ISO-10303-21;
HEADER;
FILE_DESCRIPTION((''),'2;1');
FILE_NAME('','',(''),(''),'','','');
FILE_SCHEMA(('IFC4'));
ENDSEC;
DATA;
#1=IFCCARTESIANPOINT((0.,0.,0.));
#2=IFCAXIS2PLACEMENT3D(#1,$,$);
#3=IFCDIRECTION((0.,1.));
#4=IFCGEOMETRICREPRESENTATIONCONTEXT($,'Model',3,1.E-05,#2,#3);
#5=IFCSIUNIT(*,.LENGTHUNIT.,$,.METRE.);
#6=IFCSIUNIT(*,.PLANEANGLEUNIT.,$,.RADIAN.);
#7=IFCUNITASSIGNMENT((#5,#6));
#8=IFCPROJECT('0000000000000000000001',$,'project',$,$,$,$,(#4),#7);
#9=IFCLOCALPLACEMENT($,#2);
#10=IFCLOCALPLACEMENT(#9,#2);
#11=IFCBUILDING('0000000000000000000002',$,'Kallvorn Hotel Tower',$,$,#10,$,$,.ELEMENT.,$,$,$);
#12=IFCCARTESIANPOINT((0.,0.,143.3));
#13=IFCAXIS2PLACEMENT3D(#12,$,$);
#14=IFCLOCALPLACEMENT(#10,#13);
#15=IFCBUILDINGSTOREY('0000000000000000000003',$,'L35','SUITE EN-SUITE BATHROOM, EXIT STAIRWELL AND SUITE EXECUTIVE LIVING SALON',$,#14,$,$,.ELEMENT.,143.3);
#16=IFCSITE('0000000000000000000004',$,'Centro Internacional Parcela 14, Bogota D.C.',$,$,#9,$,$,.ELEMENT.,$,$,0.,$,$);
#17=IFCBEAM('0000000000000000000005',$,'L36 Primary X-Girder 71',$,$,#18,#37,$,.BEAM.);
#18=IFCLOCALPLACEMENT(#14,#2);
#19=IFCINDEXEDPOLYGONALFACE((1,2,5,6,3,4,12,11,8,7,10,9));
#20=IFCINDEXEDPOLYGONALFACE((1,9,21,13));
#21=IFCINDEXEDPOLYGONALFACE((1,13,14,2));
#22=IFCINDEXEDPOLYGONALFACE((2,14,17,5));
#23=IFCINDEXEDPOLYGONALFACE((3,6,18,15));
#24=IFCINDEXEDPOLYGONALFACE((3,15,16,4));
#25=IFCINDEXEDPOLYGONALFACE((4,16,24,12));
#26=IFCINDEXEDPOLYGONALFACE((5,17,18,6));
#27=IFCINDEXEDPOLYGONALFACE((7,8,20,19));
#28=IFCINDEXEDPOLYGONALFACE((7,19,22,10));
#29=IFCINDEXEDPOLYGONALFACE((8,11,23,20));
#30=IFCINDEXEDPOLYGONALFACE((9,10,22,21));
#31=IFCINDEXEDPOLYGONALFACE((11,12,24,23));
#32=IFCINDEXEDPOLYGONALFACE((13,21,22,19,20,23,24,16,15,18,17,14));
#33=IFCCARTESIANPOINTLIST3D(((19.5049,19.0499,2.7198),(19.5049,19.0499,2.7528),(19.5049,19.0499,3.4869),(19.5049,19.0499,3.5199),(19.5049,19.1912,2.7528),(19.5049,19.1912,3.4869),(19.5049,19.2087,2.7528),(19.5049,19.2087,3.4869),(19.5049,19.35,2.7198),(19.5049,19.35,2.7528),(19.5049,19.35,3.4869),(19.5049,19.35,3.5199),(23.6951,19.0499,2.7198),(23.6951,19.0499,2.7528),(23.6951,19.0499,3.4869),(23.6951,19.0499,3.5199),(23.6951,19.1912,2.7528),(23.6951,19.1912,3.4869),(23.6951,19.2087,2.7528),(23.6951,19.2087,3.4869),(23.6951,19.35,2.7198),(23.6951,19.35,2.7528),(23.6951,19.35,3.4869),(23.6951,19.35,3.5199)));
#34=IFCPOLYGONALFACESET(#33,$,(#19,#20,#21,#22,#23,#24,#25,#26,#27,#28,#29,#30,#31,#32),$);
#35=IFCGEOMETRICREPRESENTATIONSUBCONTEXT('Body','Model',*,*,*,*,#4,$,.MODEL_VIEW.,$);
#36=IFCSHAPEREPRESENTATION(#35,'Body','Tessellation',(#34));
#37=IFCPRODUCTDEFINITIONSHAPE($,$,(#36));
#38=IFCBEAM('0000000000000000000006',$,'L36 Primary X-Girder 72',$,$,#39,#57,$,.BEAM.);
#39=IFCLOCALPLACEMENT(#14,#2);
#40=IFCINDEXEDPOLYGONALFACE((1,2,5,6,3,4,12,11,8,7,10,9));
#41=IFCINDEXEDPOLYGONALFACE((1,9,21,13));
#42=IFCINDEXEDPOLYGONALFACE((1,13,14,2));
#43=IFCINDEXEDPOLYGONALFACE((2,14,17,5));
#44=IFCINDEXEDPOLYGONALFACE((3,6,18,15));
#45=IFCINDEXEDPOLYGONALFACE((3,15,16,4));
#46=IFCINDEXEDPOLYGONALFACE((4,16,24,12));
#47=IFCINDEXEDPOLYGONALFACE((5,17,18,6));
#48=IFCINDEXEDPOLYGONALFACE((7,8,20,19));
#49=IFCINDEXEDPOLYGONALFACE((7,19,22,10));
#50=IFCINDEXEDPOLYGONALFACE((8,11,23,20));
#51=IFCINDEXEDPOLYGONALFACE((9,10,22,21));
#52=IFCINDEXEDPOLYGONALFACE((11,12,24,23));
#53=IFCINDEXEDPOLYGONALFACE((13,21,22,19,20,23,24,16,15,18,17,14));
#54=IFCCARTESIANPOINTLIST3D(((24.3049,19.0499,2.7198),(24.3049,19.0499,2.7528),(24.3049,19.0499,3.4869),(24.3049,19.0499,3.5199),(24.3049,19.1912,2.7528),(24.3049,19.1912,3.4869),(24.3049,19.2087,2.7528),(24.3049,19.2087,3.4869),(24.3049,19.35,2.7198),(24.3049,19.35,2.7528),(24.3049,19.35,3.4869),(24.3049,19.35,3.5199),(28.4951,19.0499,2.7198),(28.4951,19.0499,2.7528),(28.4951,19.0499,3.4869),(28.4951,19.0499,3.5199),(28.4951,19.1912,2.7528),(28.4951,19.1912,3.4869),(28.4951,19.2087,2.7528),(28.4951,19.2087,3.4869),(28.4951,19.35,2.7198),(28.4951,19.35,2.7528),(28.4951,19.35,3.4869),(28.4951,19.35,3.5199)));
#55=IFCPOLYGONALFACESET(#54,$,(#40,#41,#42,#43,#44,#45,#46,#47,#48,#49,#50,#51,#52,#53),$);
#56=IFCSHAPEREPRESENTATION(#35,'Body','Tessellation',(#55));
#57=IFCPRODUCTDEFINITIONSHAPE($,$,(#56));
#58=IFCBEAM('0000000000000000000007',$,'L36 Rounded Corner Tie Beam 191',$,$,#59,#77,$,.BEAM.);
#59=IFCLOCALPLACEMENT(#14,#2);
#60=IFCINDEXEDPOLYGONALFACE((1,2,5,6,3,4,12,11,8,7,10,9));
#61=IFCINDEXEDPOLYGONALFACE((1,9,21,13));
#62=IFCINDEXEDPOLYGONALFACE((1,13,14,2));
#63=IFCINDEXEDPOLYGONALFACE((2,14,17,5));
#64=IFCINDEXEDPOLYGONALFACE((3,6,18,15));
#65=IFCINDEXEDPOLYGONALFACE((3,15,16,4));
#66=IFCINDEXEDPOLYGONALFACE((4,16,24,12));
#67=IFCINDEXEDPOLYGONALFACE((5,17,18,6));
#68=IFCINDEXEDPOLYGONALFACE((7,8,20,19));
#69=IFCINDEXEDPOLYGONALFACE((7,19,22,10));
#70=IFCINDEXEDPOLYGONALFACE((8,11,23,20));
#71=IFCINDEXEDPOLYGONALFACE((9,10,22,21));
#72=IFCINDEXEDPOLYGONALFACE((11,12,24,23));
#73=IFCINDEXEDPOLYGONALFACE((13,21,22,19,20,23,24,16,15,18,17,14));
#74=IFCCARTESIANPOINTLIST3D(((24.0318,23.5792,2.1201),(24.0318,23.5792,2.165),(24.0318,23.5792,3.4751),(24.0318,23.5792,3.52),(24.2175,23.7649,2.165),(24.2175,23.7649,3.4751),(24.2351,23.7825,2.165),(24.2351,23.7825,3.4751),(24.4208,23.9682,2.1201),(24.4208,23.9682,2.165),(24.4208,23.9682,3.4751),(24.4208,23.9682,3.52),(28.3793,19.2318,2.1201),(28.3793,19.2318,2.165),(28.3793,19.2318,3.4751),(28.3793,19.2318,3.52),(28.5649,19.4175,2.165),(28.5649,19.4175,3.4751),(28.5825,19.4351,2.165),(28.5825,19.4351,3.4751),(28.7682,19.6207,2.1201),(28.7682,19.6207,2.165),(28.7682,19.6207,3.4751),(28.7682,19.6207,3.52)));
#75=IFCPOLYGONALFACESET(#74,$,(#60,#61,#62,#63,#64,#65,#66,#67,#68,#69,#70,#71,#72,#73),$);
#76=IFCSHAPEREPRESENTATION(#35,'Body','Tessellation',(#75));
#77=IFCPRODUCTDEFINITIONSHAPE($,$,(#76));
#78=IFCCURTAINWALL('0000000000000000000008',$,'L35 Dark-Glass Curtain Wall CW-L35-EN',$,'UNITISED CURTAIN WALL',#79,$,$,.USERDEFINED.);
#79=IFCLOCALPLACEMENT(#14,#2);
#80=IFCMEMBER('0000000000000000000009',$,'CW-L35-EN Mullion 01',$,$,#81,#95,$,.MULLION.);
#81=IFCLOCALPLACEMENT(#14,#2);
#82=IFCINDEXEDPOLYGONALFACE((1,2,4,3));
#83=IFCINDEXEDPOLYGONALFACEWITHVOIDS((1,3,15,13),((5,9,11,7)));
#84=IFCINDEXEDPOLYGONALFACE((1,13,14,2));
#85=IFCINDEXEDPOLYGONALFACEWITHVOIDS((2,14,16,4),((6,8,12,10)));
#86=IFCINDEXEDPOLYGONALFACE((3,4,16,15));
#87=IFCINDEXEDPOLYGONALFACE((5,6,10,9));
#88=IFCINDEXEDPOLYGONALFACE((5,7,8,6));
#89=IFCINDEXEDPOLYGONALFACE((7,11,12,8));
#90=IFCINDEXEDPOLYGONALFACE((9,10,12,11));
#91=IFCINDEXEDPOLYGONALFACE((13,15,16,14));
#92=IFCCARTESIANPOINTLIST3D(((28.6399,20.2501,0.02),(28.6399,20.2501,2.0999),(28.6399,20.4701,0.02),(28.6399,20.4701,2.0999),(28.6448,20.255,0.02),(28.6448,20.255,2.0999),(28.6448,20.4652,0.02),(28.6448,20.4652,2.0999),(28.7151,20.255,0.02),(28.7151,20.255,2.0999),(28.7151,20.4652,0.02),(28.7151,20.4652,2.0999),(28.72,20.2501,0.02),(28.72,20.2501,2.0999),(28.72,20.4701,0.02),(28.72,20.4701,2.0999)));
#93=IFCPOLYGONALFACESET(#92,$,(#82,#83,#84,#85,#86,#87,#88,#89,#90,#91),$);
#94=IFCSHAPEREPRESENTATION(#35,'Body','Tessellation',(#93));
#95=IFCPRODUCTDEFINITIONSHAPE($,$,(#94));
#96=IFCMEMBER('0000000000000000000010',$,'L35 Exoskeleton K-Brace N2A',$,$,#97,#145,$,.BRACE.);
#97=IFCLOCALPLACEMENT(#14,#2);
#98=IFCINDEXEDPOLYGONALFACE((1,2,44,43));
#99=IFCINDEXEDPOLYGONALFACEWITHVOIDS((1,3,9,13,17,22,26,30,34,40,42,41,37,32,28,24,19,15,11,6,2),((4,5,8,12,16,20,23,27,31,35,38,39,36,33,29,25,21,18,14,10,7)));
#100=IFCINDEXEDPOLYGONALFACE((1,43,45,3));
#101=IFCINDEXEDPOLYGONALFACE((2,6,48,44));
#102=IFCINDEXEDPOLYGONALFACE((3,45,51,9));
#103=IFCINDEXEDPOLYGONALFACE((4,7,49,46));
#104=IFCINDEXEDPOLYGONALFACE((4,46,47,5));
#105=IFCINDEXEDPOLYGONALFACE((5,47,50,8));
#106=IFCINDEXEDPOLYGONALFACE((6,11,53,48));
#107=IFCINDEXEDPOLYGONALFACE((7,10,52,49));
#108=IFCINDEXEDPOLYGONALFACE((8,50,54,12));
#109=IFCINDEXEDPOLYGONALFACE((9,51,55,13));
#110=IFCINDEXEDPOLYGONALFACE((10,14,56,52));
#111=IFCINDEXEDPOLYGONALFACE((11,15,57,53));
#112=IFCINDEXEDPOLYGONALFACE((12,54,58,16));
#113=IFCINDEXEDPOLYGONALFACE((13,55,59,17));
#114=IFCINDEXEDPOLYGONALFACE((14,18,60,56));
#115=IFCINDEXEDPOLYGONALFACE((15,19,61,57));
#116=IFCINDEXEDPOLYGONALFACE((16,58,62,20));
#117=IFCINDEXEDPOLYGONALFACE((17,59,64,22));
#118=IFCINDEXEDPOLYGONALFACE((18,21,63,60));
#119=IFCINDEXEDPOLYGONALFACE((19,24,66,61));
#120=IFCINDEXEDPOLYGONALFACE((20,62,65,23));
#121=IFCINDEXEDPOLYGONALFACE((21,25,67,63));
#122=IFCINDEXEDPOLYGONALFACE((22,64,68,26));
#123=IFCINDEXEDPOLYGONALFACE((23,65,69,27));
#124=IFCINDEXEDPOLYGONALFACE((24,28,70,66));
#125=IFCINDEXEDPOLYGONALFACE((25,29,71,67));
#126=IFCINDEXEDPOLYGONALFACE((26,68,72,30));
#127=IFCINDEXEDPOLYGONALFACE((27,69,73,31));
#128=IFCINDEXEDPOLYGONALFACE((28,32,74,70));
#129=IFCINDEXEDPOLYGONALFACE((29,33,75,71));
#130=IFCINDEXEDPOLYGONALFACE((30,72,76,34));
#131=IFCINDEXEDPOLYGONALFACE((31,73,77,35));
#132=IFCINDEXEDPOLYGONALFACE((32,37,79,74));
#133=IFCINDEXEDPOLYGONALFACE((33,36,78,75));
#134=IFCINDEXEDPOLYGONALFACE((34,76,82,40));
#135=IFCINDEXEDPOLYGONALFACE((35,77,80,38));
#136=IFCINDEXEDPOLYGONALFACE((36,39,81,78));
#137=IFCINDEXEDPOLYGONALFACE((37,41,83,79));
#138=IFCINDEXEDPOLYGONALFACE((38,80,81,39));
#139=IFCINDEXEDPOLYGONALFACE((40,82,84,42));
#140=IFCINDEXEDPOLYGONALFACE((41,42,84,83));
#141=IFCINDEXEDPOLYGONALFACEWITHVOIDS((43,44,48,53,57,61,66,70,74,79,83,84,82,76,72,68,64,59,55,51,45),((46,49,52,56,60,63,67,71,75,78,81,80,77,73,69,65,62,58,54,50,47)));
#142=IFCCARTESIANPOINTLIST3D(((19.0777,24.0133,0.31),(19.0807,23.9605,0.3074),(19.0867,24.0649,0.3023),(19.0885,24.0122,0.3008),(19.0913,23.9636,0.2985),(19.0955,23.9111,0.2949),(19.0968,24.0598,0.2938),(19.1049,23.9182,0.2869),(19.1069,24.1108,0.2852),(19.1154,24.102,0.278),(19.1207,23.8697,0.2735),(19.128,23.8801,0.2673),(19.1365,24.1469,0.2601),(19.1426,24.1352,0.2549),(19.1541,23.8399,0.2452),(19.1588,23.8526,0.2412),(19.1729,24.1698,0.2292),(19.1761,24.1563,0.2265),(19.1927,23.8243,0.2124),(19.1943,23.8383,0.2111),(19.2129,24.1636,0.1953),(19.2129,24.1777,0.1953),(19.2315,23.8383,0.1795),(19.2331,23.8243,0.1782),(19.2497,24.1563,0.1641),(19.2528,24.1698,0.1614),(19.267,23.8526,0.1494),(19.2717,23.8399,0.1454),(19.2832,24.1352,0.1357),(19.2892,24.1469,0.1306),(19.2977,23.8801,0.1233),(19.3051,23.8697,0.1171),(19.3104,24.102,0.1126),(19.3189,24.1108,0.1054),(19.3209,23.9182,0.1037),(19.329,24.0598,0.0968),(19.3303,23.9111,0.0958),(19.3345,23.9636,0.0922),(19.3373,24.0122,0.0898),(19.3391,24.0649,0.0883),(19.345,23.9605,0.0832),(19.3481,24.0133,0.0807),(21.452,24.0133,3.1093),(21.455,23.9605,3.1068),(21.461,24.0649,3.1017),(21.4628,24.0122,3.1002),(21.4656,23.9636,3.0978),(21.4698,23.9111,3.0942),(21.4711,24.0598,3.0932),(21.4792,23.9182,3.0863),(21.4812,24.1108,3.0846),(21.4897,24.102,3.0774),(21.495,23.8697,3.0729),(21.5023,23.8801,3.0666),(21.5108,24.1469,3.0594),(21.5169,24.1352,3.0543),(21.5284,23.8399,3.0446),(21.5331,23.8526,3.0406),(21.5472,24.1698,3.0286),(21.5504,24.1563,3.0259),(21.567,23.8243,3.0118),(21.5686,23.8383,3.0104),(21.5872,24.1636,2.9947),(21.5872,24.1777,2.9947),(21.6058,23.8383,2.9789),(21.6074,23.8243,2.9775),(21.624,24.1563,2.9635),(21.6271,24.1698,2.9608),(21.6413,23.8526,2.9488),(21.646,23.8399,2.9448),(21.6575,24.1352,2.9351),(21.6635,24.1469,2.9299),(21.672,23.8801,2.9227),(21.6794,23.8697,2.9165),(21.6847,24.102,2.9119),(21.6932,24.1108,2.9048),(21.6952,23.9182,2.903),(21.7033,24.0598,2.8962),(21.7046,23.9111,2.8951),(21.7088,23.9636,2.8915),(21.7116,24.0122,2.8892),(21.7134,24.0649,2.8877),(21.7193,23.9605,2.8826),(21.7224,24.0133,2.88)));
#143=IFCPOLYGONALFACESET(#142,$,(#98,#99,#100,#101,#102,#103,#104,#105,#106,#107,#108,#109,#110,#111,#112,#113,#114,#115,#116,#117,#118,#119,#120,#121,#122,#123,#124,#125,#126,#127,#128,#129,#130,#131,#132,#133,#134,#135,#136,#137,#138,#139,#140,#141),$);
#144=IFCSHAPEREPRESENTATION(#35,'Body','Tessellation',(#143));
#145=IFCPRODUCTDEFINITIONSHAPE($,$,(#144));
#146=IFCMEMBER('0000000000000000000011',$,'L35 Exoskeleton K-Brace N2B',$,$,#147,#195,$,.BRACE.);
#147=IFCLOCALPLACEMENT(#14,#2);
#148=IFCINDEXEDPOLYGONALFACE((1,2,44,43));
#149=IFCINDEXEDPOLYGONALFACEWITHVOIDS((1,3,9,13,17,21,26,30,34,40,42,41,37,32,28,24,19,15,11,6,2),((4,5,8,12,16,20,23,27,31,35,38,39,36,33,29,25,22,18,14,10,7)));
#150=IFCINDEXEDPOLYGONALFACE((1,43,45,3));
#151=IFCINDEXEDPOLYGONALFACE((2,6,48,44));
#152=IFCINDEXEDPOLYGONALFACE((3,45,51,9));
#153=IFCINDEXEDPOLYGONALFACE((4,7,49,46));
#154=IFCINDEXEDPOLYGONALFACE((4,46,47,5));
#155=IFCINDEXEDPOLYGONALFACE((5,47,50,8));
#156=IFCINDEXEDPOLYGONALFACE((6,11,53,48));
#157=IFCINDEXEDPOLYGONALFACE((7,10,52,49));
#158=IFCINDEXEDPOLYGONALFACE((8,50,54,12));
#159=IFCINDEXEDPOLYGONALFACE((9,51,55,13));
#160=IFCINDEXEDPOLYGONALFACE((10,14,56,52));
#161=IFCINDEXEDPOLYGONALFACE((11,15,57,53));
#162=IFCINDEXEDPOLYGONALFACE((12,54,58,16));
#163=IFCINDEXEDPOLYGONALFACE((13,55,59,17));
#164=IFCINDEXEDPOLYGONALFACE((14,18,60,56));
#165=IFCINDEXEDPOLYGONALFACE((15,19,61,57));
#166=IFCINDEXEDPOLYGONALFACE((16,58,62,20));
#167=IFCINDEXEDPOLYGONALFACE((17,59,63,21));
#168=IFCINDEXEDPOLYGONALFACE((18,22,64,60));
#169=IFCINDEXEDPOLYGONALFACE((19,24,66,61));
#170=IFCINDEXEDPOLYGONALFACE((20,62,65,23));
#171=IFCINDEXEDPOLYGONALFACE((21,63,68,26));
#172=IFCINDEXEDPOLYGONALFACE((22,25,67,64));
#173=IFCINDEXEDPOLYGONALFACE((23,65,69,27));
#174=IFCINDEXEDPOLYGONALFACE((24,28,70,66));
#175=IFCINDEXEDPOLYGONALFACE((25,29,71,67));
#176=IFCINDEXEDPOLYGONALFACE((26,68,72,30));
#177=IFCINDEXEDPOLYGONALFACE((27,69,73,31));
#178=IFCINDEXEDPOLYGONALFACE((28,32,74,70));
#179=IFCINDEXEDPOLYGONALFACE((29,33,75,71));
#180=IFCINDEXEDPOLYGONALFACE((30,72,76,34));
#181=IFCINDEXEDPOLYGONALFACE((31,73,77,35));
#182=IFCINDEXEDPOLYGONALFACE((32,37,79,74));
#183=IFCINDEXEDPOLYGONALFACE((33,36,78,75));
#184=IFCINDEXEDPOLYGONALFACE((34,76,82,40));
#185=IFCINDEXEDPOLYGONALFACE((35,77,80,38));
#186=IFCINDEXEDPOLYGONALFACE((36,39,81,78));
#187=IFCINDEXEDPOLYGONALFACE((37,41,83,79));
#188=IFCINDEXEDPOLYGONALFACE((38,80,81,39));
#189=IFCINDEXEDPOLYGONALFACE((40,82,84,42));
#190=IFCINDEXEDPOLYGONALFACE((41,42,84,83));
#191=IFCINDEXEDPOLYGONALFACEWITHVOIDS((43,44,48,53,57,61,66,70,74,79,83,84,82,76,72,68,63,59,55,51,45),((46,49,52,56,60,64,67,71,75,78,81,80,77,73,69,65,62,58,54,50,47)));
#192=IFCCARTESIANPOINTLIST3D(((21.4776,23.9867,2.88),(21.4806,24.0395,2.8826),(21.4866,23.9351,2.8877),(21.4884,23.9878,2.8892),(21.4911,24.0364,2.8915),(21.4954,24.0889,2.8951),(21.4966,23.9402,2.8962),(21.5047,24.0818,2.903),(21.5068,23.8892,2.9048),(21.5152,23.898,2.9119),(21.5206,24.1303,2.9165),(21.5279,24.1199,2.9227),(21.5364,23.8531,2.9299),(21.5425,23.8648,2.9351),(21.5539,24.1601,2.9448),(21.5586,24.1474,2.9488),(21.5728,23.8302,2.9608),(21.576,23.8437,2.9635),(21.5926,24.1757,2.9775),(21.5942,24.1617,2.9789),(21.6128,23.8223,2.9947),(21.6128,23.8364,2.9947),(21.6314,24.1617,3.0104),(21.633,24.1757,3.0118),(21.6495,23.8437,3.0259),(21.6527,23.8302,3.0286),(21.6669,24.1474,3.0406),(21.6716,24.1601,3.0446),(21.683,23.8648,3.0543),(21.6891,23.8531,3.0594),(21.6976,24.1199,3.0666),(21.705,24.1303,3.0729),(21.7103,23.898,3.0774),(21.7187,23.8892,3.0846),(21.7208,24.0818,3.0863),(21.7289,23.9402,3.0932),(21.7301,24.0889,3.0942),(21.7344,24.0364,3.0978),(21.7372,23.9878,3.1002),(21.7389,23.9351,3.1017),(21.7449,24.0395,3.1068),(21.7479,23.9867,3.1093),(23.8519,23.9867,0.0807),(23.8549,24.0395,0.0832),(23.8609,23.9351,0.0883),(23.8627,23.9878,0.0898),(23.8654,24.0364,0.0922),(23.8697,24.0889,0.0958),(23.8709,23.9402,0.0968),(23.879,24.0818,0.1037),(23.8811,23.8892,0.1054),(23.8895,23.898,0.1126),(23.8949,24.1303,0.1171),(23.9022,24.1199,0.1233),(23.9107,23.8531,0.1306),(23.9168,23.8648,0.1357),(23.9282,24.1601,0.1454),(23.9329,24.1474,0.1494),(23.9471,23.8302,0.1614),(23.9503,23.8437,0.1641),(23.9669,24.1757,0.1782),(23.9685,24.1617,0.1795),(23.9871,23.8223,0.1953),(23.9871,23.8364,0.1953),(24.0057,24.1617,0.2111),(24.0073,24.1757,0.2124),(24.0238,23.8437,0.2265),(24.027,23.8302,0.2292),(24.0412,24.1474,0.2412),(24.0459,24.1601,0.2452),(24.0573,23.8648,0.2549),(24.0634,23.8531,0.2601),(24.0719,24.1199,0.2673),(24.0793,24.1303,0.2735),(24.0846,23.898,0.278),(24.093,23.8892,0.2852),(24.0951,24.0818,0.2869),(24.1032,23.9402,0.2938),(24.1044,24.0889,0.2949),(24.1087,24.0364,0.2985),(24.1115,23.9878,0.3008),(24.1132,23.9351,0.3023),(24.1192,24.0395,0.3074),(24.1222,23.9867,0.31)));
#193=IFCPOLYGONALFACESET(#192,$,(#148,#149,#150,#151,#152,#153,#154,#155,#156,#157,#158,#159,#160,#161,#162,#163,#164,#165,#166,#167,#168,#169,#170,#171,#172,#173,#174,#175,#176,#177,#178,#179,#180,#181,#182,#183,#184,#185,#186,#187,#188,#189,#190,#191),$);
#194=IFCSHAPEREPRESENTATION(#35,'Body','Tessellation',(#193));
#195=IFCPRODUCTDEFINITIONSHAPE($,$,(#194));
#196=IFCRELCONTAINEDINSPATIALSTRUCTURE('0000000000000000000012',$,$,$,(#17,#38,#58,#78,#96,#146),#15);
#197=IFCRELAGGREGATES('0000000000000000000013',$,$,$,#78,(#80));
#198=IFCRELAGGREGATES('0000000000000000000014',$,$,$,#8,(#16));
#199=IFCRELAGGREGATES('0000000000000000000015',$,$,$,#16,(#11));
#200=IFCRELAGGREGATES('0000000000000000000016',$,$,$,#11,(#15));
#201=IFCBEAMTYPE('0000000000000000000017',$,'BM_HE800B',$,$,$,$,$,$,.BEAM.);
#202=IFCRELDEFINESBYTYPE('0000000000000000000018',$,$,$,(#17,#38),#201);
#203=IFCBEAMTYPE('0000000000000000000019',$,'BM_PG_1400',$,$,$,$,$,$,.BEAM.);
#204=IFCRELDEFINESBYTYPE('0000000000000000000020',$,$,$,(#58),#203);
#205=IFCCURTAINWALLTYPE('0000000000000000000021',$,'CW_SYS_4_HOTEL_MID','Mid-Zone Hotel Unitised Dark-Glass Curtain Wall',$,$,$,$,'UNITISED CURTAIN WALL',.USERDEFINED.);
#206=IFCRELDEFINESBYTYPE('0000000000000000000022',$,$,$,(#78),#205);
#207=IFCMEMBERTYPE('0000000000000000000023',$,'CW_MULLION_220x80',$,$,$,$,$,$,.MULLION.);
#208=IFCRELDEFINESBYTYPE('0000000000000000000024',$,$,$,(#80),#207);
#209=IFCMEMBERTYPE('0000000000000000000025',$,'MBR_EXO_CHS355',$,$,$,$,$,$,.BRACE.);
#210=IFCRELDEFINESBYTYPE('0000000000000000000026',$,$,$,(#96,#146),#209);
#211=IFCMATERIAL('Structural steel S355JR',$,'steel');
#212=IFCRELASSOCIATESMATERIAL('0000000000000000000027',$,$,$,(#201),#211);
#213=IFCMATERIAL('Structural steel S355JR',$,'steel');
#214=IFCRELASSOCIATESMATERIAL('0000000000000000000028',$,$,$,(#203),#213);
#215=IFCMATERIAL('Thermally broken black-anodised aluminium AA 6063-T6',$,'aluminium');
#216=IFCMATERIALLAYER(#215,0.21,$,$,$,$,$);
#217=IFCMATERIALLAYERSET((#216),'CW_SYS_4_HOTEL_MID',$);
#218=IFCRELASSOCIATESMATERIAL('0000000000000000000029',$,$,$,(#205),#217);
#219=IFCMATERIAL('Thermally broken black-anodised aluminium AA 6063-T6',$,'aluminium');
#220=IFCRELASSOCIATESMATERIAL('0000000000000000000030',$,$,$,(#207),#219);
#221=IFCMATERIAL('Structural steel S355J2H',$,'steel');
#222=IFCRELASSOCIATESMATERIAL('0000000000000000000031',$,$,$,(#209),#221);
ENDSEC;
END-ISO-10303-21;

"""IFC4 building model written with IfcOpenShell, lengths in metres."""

from ifc_helpers import new_model, si_unit, direction, frame, origin, origin_2d, place, context, subcontext, project, spatial, hollow_rectangle, hollow_circle, i_section, extrude, material, layer, layer_set, material_profile, profile_set, type_object, element, aggregate, save


model = new_model("IFC4")

# Units and contexts
model_context = context("Model", 3, precision=1e-05, world=origin(), true_north=direction((0.0, 1.0)))
body_context = subcontext(model_context, "Body", "Model", "MODEL_VIEW")
ifc_project = project(units=[si_unit("LENGTHUNIT", "METRE"), si_unit("PLANEANGLEUNIT", "RADIAN")], contexts=[model_context])

# Site, building, storey
site_placement = place(None, origin())
site = spatial("IfcSite", under=ifc_project, at=site_placement, Name="Centro Internacional Parcela 14, Bogota D.C.", CompositionType="ELEMENT", RefElevation=0.0)
building_placement = place(site_placement, origin())
building = spatial("IfcBuilding", under=site, at=building_placement, Name="Kallvorn Hotel Tower", CompositionType="ELEMENT")
storey_placement = place(building_placement, frame((0.0, 0.0, 143.3)))
storey = spatial("IfcBuildingStorey", under=building, at=storey_placement, Name="L35", Description="SUITE EN-SUITE BATHROOM, EXIT STAIRWELL AND SUITE EXECUTIVE LIVING SALON", CompositionType="ELEMENT", Elevation=143.3)

# Beams
ifc_material_1 = material(Name="Structural steel S355JR", Category="steel")
ifc_material_profile_1 = material_profile(ifc_material_1, i_section(OverallWidth=0.3, OverallDepth=0.8, WebThickness=0.0176, FlangeThickness=0.033, at=origin_2d()), Name="HE 800 B")
ifc_profile_set_1 = profile_set([ifc_material_profile_1], Name="Structural steel S355JR")
beam_type_1 = type_object("IfcBeamType", Name="BM_HE800B", PredefinedType="BEAM", material=ifc_profile_set_1)
for number, where, z_axis, x_axis, name in (
    (1, (19.5049, 19.2, 3.1199), (1.0, 0.0, 0.0), (0.0, 1.0, 0.0), "L36 Primary X-Girder 71"),
    (2, (24.3049, 19.2, 3.1199), (1.0, 0.0, 0.0), (0.0, 1.0, 0.0), "L36 Primary X-Girder 72"),
):
    element("IfcBeam", number, at=place(storey_placement, frame(where, z_axis=z_axis, x_axis=x_axis)), inside=storey, type_object=beam_type_1, Name=name, PredefinedType="BEAM", context=body_context, shape_type="SweptSolid", body=[
        extrude(i_section(OverallWidth=0.3, OverallDepth=0.8, WebThickness=0.0176, FlangeThickness=0.033, at=origin_2d()), origin(), (0.0, 0.0, 1.0), 4.1902),
    ])
ifc_material_2 = material(Name="Structural steel S355JR", Category="steel")
ifc_material_profile_2 = material_profile(ifc_material_2, i_section(OverallWidth=0.55, OverallDepth=1.3999, WebThickness=0.0249, FlangeThickness=0.0449, at=origin_2d()), Name="PG 1400x550x25x45")
ifc_profile_set_2 = profile_set([ifc_material_profile_2], Name="Structural steel S355JR")
beam_type_2 = type_object("IfcBeamType", Name="BM_PG_1400", PredefinedType="BEAM", material=ifc_profile_set_2)
beam_1_placement = place(storey_placement, frame((28.5737, 19.4263, 2.8201), z_axis=(-0.707107, 0.707107, 0.0), x_axis=(-0.707107, -0.707107, 0.0)))
element("IfcBeam", 3, at=beam_1_placement, inside=storey, type_object=beam_type_2, Name="L36 Rounded Corner Tie Beam 191", PredefinedType="BEAM", context=body_context, shape_type="SweptSolid", body=[
    extrude(i_section(OverallWidth=0.55, OverallDepth=1.3999, WebThickness=0.0249, FlangeThickness=0.0449, at=origin_2d()), origin(), (0.0, 0.0, 1.0), 6.1482),
])

# Curtain wall, member
ifc_material_3 = material(Name="Thermally broken black-anodised aluminium AA 6063-T6", Category="aluminium")
ifc_layer_1 = layer(ifc_material_3, 0.21)
ifc_layer_set_1 = layer_set([ifc_layer_1], Name="CW_SYS_4_HOTEL_MID")
curtain_wall_type = type_object("IfcCurtainWallType", Name="CW_SYS_4_HOTEL_MID", Description="Mid-Zone Hotel Unitised Dark-Glass Curtain Wall", ElementType="UNITISED CURTAIN WALL", PredefinedType="USERDEFINED", material=ifc_layer_set_1)
curtain_wall_placement = place(storey_placement, origin())
curtain_wall = element("IfcCurtainWall", 4, at=curtain_wall_placement, inside=storey, type_object=curtain_wall_type, Name="L35 Dark-Glass Curtain Wall CW-L35-EN", ObjectType="UNITISED CURTAIN WALL", PredefinedType="USERDEFINED")
ifc_material_4 = material(Name="Thermally broken black-anodised aluminium AA 6063-T6", Category="aluminium")
ifc_material_profile_3 = material_profile(ifc_material_4, hollow_rectangle(XDim=0.0801, YDim=0.22, WallThickness=0.0049, at=origin_2d()), Name="MUL 220x80")
ifc_profile_set_3 = profile_set([ifc_material_profile_3], Name="Thermally broken black-anodised aluminium AA 6063-T6")
member_type_1 = type_object("IfcMemberType", Name="CW_MULLION_220x80", PredefinedType="MULLION", material=ifc_profile_set_3)
member_placement = place(storey_placement, frame((28.6799, 20.3601, 0.02), z_axis=(0.0, 0.0, 1.0), x_axis=(1.0, 0.0, 0.0)))
member = element("IfcMember", 5, at=member_placement, type_object=member_type_1, Name="CW-L35-EN Mullion 01", PredefinedType="MULLION", context=body_context, shape_type="SweptSolid", body=[
    extrude(hollow_rectangle(XDim=0.0801, YDim=0.22, WallThickness=0.0049, at=origin_2d()), origin(), (0.0, 0.0, 1.0), 2.0798),
])
aggregate(curtain_wall, [member])

# Members
ifc_material_5 = material(Name="Structural steel S355J2H", Category="steel")
ifc_material_profile_4 = material_profile(ifc_material_5, hollow_circle(Radius=0.1777, WallThickness=0.0142, at=origin_2d()), Name="CHS 355.6x14.2")
ifc_profile_set_4 = profile_set([ifc_material_profile_4], Name="Structural steel S355J2H")
member_type_2 = type_object("IfcMemberType", Name="MBR_EXO_CHS355", PredefinedType="BRACE", material=ifc_profile_set_4)
for number, where, z_axis, x_axis, name in (
    (6, (19.2129, 24.0, 0.1953), (0.646833, 0.0, 0.762631), (0.0, 1.0, 0.0), "L35 Exoskeleton K-Brace N2A"),
    (7, (23.9871, 24.0, 0.1953), (-0.646833, 0.0, 0.762631), (0.0, -1.0, 0.0), "L35 Exoskeleton K-Brace N2B"),
):
    element("IfcMember", number, at=place(storey_placement, frame(where, z_axis=z_axis, x_axis=x_axis)), inside=storey, type_object=member_type_2, Name=name, PredefinedType="BRACE", context=body_context, shape_type="SweptSolid", body=[
        extrude(hollow_circle(Radius=0.1777, WallThickness=0.0142, at=origin_2d()), origin(), (0.0, 0.0, 1.0), 3.6707),
    ])

save(model, "model.ifc")
